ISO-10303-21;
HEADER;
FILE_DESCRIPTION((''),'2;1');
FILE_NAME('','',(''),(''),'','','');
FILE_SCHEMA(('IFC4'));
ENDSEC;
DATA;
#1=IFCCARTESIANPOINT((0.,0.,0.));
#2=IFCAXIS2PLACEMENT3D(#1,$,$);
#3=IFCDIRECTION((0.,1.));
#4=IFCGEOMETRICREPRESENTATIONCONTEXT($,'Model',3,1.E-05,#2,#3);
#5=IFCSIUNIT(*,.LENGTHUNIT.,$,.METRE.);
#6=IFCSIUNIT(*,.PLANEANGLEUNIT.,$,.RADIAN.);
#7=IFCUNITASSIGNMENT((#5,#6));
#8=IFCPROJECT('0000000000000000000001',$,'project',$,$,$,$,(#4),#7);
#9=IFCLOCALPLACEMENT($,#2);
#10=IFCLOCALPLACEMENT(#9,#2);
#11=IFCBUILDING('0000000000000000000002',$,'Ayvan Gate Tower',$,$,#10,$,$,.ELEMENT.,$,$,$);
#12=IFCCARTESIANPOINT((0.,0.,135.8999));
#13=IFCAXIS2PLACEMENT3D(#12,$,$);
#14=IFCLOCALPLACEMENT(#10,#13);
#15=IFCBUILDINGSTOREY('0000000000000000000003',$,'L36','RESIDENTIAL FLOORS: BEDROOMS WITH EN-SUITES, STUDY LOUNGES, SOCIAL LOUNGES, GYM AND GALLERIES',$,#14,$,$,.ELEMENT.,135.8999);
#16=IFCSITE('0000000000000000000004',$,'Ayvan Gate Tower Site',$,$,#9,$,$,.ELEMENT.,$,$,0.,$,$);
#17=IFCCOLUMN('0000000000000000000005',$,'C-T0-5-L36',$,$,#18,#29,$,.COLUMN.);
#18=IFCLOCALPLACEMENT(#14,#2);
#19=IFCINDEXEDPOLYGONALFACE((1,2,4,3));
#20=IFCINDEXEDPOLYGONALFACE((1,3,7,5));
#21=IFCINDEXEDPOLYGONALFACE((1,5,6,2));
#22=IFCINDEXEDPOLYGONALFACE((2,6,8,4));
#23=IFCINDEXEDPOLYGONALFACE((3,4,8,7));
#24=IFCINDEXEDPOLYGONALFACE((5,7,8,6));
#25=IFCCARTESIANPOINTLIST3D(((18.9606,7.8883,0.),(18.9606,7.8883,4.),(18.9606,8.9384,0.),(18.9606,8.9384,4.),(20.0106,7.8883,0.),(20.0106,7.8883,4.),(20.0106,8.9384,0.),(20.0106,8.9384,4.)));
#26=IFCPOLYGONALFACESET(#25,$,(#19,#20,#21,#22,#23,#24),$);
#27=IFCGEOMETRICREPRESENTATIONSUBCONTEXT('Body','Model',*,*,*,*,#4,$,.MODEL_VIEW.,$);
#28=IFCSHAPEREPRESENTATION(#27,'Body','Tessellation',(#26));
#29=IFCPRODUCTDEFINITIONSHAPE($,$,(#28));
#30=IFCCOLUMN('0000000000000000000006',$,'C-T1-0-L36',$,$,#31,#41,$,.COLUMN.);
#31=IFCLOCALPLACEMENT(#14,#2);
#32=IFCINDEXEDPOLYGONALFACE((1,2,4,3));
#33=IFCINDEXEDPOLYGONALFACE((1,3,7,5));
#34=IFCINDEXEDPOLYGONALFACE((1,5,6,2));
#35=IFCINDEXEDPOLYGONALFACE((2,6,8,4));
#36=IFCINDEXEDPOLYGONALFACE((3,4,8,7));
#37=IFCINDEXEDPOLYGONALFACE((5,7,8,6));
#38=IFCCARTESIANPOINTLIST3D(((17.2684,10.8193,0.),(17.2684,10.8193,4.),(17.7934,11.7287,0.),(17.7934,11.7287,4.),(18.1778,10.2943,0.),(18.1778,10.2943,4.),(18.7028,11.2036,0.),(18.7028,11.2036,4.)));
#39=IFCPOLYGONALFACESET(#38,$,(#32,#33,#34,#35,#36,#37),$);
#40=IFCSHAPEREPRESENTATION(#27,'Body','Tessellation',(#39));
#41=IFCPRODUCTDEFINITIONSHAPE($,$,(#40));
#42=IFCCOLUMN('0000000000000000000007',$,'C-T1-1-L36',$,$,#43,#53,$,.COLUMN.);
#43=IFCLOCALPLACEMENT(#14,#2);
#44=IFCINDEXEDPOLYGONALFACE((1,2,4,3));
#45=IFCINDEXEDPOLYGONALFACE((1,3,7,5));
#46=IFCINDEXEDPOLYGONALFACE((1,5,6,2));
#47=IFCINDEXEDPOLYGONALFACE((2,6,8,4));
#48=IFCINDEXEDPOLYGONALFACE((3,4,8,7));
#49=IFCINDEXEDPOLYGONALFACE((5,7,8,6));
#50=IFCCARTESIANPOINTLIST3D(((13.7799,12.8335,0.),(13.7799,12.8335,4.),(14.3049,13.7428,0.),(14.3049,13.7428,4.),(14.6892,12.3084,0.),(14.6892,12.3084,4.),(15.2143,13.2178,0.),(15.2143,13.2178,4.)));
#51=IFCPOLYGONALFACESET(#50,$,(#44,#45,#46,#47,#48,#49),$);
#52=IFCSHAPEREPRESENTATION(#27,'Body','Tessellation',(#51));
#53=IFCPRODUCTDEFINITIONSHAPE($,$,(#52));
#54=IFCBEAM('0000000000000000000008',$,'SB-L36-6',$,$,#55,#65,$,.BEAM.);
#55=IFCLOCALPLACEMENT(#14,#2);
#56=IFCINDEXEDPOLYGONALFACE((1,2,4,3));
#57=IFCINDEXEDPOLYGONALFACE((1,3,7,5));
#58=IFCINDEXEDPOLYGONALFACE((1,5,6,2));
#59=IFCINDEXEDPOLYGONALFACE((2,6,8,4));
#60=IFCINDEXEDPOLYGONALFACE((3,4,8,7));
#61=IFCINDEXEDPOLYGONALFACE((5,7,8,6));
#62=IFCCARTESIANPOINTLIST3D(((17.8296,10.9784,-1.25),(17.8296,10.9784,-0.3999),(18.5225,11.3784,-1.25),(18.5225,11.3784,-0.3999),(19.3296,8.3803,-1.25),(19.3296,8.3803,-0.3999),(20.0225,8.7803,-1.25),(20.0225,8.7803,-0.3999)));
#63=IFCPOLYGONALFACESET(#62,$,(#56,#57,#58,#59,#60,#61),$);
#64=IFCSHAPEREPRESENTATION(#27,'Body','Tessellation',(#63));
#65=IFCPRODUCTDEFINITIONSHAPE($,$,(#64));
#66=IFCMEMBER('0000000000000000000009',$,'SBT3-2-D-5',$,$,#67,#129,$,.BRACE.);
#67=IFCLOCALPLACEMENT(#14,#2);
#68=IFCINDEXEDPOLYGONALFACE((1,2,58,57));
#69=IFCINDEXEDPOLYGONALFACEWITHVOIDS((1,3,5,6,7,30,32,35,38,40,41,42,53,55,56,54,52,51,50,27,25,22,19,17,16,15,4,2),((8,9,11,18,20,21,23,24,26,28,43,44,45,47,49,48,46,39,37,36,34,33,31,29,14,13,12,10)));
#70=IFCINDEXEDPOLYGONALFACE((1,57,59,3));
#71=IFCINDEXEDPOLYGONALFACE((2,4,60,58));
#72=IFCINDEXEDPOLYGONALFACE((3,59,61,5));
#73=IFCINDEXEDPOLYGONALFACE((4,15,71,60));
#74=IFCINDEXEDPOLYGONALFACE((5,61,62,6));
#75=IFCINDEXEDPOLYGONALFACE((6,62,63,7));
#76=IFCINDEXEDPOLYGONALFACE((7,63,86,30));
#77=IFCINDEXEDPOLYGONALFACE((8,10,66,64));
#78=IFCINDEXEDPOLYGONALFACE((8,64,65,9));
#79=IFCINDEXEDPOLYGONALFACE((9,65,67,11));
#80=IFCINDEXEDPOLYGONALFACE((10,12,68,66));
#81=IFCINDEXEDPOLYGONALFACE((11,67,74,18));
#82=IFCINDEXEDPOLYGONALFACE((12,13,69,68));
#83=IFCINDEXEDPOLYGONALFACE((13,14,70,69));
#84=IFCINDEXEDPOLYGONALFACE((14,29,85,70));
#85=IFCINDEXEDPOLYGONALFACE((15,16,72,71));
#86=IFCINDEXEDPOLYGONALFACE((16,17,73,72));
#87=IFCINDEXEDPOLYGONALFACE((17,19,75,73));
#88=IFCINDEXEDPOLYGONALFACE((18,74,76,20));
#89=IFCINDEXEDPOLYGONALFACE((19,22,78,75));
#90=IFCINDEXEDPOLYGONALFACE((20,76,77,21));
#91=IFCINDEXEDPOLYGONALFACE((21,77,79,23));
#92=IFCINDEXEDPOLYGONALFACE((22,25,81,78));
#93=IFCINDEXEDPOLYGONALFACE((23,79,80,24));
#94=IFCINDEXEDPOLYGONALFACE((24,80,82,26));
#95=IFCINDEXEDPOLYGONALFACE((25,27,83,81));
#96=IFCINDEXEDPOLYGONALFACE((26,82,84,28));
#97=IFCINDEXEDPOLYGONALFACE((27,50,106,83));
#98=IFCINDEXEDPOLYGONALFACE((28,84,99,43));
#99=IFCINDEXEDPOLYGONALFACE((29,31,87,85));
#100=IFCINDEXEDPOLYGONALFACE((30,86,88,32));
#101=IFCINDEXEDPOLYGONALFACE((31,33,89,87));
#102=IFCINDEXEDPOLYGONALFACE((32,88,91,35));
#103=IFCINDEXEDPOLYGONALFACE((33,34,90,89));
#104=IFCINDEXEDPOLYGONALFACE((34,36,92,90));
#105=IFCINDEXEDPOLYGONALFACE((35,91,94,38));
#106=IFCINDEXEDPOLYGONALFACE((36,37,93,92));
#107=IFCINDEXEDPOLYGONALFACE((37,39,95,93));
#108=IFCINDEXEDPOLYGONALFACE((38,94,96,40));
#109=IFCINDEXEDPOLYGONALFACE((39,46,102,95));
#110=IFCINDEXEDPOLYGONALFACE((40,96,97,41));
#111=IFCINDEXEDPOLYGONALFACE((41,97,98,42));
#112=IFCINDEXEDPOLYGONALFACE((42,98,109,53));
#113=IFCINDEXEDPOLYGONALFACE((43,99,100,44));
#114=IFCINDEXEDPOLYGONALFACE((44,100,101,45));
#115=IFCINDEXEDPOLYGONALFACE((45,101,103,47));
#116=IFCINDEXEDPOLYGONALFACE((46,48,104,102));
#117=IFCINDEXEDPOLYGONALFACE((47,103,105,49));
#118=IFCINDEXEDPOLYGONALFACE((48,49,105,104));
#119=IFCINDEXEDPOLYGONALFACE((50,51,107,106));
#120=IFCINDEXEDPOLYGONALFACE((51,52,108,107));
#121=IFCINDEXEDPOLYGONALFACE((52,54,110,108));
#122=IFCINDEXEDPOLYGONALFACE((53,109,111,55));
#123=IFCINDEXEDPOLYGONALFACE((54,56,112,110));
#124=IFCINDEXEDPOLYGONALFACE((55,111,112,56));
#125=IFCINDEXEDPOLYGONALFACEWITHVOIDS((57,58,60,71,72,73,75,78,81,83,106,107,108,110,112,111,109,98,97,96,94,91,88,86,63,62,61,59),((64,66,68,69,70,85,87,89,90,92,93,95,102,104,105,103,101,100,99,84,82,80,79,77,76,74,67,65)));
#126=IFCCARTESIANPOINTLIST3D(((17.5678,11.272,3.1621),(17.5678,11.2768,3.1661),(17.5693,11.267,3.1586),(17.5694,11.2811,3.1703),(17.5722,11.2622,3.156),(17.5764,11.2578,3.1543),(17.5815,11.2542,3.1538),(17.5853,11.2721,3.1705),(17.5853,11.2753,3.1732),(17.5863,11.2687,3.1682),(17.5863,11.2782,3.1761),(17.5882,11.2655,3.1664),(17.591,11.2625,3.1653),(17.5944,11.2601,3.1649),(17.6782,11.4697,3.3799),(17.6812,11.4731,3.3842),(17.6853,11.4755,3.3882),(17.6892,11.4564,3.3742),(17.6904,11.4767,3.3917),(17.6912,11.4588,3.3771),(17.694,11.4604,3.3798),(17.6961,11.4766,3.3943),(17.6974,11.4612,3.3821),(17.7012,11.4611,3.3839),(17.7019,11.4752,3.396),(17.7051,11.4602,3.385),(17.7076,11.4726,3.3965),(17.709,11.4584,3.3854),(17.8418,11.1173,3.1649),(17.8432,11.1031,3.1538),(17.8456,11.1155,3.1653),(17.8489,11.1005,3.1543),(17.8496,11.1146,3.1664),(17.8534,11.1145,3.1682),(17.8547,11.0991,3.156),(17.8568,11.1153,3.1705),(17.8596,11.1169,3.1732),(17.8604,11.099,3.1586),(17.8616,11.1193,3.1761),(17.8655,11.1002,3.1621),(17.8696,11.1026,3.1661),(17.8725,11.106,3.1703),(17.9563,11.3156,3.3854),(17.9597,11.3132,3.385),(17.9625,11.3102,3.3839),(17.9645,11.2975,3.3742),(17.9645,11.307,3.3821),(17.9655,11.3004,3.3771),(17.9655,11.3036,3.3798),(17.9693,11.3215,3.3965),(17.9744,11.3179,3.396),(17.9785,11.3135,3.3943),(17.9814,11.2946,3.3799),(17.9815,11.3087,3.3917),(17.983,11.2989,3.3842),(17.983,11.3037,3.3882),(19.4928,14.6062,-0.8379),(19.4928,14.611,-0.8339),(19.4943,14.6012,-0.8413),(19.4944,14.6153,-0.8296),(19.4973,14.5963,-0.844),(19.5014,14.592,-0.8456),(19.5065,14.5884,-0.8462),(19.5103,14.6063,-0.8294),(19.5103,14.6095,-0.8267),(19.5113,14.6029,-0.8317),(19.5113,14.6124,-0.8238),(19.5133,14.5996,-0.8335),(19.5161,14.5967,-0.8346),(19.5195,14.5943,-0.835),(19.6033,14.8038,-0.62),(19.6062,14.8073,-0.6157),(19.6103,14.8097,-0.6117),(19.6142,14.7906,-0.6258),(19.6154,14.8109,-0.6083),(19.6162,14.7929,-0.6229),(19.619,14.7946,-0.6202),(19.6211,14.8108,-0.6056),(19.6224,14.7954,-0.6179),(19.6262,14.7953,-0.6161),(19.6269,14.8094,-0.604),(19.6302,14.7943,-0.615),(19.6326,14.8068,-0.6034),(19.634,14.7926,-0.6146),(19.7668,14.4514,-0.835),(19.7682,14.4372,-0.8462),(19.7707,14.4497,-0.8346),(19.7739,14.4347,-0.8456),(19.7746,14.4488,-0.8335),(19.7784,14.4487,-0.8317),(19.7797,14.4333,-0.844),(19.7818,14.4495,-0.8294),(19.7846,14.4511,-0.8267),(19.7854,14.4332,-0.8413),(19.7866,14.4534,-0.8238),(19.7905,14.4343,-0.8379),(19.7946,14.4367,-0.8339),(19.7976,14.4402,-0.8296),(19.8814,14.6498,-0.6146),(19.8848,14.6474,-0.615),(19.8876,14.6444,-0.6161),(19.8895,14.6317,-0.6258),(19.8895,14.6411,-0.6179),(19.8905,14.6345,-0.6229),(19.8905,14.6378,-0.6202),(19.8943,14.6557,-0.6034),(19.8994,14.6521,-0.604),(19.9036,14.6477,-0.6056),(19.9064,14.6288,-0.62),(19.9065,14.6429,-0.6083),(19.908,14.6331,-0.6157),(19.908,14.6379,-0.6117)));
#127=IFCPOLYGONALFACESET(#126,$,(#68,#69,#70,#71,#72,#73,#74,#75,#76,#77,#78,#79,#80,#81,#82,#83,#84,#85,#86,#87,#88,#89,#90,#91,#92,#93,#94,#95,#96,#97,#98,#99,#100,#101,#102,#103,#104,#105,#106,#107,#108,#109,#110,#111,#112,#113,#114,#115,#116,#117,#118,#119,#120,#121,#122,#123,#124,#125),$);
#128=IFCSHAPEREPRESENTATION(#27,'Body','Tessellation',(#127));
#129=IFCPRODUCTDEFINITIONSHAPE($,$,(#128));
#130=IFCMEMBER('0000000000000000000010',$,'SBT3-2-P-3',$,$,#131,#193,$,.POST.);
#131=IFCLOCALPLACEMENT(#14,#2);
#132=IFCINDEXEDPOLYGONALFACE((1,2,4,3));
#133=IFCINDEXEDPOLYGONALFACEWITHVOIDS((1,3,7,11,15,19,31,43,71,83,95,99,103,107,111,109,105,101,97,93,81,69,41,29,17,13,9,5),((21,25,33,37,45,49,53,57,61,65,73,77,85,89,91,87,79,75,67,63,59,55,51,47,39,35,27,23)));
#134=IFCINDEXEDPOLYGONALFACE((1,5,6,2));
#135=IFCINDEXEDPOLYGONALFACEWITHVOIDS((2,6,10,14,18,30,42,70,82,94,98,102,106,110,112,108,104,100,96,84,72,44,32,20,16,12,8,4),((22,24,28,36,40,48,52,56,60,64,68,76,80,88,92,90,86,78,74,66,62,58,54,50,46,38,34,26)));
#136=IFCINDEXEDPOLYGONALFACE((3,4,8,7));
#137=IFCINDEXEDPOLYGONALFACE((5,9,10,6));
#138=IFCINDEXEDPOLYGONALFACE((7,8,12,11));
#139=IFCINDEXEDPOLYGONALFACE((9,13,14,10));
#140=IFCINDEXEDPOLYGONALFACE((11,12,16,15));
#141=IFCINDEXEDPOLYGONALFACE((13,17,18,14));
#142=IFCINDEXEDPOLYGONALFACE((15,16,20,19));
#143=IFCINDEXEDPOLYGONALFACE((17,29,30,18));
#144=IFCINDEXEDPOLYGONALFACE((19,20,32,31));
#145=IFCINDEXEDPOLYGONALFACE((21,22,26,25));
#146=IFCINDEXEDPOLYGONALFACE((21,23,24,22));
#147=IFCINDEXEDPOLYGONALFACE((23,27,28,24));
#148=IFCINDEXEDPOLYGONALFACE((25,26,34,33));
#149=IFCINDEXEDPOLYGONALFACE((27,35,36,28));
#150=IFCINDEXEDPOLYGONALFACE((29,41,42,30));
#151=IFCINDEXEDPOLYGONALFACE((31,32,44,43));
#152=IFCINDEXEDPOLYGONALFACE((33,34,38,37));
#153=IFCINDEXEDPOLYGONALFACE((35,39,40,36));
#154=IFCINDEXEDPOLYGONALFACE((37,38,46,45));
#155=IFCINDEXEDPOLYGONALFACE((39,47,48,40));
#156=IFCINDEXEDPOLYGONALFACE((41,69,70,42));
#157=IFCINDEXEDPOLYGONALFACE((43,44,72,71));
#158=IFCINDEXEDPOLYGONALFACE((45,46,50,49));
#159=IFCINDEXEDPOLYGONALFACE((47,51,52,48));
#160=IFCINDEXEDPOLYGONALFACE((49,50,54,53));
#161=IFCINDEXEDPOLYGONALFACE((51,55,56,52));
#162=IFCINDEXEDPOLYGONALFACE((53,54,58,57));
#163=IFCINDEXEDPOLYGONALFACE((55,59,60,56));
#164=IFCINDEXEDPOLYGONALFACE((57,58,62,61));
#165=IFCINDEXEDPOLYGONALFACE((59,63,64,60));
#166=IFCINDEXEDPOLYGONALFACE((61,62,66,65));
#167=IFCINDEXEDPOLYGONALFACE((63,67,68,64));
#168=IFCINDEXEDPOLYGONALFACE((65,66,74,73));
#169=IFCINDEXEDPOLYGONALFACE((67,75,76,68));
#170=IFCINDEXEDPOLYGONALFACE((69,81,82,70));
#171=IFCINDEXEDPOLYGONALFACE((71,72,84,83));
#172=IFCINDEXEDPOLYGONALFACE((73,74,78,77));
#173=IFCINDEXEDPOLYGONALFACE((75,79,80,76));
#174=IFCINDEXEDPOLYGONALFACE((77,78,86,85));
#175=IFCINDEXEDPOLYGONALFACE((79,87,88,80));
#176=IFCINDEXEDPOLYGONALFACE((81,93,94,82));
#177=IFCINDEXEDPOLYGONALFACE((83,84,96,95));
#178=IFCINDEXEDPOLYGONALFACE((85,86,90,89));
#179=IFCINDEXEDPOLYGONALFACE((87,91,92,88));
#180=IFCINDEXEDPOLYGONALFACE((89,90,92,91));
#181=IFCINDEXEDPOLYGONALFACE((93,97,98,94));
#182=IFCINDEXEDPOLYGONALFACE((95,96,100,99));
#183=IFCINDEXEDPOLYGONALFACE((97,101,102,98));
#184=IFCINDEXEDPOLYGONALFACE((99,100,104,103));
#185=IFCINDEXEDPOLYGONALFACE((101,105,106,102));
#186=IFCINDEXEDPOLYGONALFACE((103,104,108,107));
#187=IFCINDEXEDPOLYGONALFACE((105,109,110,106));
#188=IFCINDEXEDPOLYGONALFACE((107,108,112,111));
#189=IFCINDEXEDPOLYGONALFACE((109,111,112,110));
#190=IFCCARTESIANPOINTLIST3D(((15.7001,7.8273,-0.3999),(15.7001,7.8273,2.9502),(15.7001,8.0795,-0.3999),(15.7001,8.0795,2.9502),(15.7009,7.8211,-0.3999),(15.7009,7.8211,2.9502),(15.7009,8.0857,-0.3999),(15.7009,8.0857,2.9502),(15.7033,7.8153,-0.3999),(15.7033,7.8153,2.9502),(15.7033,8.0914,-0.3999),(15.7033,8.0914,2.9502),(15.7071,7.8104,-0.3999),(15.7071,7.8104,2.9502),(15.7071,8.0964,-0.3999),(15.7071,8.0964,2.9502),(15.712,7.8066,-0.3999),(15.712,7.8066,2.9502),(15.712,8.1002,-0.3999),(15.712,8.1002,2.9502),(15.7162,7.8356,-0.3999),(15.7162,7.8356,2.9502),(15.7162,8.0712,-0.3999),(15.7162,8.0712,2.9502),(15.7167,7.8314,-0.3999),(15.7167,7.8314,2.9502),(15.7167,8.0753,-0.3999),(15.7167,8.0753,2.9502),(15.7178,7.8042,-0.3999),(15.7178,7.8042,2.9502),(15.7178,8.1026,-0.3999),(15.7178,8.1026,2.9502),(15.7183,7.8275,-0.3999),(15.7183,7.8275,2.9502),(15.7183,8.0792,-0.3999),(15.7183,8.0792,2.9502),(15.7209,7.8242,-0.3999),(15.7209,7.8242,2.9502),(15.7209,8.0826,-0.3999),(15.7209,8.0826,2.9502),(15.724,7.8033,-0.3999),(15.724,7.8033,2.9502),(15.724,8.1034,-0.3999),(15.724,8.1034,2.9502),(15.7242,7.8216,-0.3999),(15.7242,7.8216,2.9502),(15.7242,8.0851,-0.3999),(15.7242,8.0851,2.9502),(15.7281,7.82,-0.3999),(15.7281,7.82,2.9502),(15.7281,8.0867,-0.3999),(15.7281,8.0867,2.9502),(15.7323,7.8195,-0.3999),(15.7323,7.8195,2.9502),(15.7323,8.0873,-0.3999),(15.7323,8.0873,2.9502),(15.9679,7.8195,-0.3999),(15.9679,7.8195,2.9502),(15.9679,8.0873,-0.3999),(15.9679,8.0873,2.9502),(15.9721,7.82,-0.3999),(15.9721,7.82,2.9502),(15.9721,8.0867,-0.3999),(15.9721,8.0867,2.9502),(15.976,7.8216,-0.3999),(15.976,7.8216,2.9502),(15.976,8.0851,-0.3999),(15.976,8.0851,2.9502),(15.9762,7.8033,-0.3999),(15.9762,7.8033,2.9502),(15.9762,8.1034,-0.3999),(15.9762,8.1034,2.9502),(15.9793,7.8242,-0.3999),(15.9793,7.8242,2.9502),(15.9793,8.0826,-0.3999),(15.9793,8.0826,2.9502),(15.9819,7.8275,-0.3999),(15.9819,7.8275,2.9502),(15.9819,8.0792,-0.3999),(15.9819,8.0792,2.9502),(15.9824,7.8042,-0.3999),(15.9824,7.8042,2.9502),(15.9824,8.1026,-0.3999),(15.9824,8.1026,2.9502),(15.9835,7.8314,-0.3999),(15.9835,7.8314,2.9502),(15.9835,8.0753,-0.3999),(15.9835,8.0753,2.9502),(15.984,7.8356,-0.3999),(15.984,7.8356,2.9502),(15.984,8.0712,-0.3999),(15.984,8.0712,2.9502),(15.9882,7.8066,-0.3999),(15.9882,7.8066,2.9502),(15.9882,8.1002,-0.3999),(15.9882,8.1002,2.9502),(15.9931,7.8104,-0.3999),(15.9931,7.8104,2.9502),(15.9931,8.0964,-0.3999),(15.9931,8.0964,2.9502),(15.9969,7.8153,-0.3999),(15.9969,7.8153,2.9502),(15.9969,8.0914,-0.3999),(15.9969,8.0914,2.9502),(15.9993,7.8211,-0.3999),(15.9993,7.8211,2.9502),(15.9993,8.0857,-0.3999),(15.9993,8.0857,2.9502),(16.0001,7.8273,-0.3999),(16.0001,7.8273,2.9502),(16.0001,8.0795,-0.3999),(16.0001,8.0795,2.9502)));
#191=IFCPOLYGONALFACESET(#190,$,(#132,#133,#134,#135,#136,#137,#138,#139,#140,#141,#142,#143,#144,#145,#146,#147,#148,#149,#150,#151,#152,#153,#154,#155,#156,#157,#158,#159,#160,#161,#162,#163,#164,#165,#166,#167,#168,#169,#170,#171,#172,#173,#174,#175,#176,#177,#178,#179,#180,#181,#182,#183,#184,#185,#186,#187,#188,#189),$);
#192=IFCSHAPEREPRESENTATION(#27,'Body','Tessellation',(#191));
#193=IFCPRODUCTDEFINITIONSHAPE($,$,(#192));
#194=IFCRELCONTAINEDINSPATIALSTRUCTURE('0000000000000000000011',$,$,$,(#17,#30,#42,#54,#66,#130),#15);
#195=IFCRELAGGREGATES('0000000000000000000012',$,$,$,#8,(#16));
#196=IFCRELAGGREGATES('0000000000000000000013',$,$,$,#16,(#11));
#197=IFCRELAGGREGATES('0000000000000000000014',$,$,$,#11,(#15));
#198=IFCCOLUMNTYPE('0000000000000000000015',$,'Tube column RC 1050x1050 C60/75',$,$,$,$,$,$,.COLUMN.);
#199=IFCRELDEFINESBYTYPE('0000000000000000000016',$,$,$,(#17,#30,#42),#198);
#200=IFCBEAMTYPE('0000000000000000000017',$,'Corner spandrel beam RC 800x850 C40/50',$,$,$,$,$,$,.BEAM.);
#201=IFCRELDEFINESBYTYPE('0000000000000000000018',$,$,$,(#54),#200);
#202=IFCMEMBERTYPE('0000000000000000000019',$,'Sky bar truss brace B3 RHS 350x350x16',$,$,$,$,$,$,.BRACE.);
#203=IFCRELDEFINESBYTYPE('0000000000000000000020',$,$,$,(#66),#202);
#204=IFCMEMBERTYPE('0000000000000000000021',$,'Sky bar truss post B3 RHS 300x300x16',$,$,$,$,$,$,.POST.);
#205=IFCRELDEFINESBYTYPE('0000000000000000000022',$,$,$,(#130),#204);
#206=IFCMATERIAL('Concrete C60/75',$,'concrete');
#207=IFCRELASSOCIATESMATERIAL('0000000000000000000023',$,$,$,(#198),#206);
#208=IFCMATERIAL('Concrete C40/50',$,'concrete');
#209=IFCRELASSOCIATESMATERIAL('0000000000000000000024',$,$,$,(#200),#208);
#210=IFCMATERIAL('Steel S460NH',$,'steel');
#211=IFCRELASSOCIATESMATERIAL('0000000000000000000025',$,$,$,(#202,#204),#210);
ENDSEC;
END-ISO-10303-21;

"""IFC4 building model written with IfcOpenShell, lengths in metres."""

from ifc_helpers import new_model, si_unit, direction, frame, origin, origin_2d, place, context, subcontext, project, spatial, rectangle, hollow_rectangle, extrude, material, material_profile, profile_set, type_object, element, save


model = new_model("IFC4")

# Units and contexts
model_context = context("Model", 3, precision=1e-05, world=origin(), true_north=direction((0.0, 1.0)))
body_context = subcontext(model_context, "Body", "Model", "MODEL_VIEW")
ifc_project = project(units=[si_unit("LENGTHUNIT", "METRE"), si_unit("PLANEANGLEUNIT", "RADIAN")], contexts=[model_context])

# Site, building, storey
site_placement = place(None, origin())
site = spatial("IfcSite", under=ifc_project, at=site_placement, Name="Ayvan Gate Tower Site", CompositionType="ELEMENT", RefElevation=0.0)
building_placement = place(site_placement, origin())
building = spatial("IfcBuilding", under=site, at=building_placement, Name="Ayvan Gate Tower", CompositionType="ELEMENT")
storey_placement = place(building_placement, frame((0.0, 0.0, 135.8999)))
storey = spatial("IfcBuildingStorey", under=building, at=storey_placement, Name="L36", Description="RESIDENTIAL FLOORS: BEDROOMS WITH EN-SUITES, STUDY LOUNGES, SOCIAL LOUNGES, GYM AND GALLERIES", CompositionType="ELEMENT", Elevation=135.8999)

# Columns
ifc_material_1 = material(Name="Concrete C60/75", Category="concrete")
ifc_material_profile_1 = material_profile(ifc_material_1, rectangle(XDim=1.05, YDim=1.05, at=origin_2d()), Name="RC 1050x1050")
ifc_profile_set_1 = profile_set([ifc_material_profile_1], Name="Concrete C60/75")
column_type = type_object("IfcColumnType", Name="Tube column RC 1050x1050 C60/75", PredefinedType="COLUMN", material=ifc_profile_set_1)
for number, where, z_axis, x_axis, name in (
    (1, (19.4856, 8.4133, 0.0), (0.0, 0.0, 1.0), (1.0, 0.0, 0.0), "C-T0-5-L36"),
    (2, (17.9856, 11.0115, 0.0), (0.0, 0.0, 1.0), (0.5, 0.866025, 0.0), "C-T1-0-L36"),
    (3, (14.4971, 13.0256, 0.0), (0.0, 0.0, 1.0), (0.5, 0.866025, 0.0), "C-T1-1-L36"),
):
    element("IfcColumn", number, at=place(storey_placement, frame(where, z_axis=z_axis, x_axis=x_axis)), inside=storey, type_object=column_type, Name=name, PredefinedType="COLUMN", context=body_context, shape_type="SweptSolid", body=[
        extrude(rectangle(XDim=1.05, YDim=1.05, at=origin_2d()), origin(), (0.0, 0.0, 1.0), 4.0),
    ])

# Beam
ifc_material_2 = material(Name="Concrete C40/50", Category="concrete")
ifc_material_profile_2 = material_profile(ifc_material_2, rectangle(XDim=0.8, YDim=0.8501, at=origin_2d()), Name="RC 800x850")
ifc_profile_set_2 = profile_set([ifc_material_profile_2], Name="Concrete C40/50")
beam_type_1 = type_object("IfcBeamType", Name="Corner spandrel beam RC 800x850 C40/50", PredefinedType="BEAM", material=ifc_profile_set_2)
beam_1_placement = place(storey_placement, frame((19.676, 8.5803, -0.825), z_axis=(-0.49999, 0.866031, 0.0), x_axis=(-0.866031, -0.49999, 0.0)))
element("IfcBeam", 4, at=beam_1_placement, inside=storey, type_object=beam_type_1, Name="SB-L36-6", PredefinedType="BEAM", context=body_context, shape_type="SweptSolid", body=[
    extrude(rectangle(XDim=0.8, YDim=0.8501, at=origin_2d()), origin(), (0.0, 0.0, 1.0), 3.0),
])

# Members
ifc_material_3 = material(Name="Steel S460NH", Category="steel")
ifc_material_profile_3 = material_profile(ifc_material_3, hollow_rectangle(XDim=0.3501, YDim=0.3501, WallThickness=0.0161, InnerFilletRadius=0.0161, OuterFilletRadius=0.0239, at=origin_2d()), Name="RHS 350x350x16")
ifc_profile_set_3 = profile_set([ifc_material_profile_3], Name="Steel S460NH")
member_type_1 = type_object("IfcMemberType", Name="Sky bar truss brace B3 RHS 350x350x16", PredefinedType="BRACE", material=ifc_profile_set_3)
member_placement = place(storey_placement, frame((17.7754, 11.2878, 3.2751), z_axis=(0.346741, 0.600563, -0.720482), x_axis=(-0.866022, 0.500006, 0.0)))
element("IfcMember", 5, at=member_placement, inside=storey, type_object=member_type_1, Name="SBT3-2-D-5", PredefinedType="BRACE", context=body_context, shape_type="SweptSolid", body=[
    extrude(hollow_rectangle(XDim=0.3501, YDim=0.3501, WallThickness=0.0161, InnerFilletRadius=0.0161, OuterFilletRadius=0.0239, at=origin_2d()), origin(), (0.0, 0.0, 1.0), 5.5518),
])
ifc_material_profile_4 = material_profile(ifc_material_3, hollow_rectangle(XDim=0.3, YDim=0.3, WallThickness=0.0161, InnerFilletRadius=0.0161, OuterFilletRadius=0.0239, at=origin_2d()), Name="RHS 300x300x16")
ifc_profile_set_4 = profile_set([ifc_material_profile_4], Name="Steel S460NH")
member_type_2 = type_object("IfcMemberType", Name="Sky bar truss post B3 RHS 300x300x16", PredefinedType="POST", material=ifc_profile_set_4)
for number, where, z_axis, x_axis, name in (
    (6, (15.8501, 7.9534, -0.3999), (0.0, 0.0, 1.0), (1.0, 0.0, 0.0), "SBT3-2-P-3"),
):
    element("IfcMember", number, at=place(storey_placement, frame(where, z_axis=z_axis, x_axis=x_axis)), inside=storey, type_object=member_type_2, Name=name, PredefinedType="POST", context=body_context, shape_type="SweptSolid", body=[
        extrude(hollow_rectangle(XDim=0.3, YDim=0.3, WallThickness=0.0161, InnerFilletRadius=0.0161, OuterFilletRadius=0.0239, at=origin_2d()), origin(), (0.0, 0.0, 1.0), 3.3501),
    ])

save(model, "model.ifc")
